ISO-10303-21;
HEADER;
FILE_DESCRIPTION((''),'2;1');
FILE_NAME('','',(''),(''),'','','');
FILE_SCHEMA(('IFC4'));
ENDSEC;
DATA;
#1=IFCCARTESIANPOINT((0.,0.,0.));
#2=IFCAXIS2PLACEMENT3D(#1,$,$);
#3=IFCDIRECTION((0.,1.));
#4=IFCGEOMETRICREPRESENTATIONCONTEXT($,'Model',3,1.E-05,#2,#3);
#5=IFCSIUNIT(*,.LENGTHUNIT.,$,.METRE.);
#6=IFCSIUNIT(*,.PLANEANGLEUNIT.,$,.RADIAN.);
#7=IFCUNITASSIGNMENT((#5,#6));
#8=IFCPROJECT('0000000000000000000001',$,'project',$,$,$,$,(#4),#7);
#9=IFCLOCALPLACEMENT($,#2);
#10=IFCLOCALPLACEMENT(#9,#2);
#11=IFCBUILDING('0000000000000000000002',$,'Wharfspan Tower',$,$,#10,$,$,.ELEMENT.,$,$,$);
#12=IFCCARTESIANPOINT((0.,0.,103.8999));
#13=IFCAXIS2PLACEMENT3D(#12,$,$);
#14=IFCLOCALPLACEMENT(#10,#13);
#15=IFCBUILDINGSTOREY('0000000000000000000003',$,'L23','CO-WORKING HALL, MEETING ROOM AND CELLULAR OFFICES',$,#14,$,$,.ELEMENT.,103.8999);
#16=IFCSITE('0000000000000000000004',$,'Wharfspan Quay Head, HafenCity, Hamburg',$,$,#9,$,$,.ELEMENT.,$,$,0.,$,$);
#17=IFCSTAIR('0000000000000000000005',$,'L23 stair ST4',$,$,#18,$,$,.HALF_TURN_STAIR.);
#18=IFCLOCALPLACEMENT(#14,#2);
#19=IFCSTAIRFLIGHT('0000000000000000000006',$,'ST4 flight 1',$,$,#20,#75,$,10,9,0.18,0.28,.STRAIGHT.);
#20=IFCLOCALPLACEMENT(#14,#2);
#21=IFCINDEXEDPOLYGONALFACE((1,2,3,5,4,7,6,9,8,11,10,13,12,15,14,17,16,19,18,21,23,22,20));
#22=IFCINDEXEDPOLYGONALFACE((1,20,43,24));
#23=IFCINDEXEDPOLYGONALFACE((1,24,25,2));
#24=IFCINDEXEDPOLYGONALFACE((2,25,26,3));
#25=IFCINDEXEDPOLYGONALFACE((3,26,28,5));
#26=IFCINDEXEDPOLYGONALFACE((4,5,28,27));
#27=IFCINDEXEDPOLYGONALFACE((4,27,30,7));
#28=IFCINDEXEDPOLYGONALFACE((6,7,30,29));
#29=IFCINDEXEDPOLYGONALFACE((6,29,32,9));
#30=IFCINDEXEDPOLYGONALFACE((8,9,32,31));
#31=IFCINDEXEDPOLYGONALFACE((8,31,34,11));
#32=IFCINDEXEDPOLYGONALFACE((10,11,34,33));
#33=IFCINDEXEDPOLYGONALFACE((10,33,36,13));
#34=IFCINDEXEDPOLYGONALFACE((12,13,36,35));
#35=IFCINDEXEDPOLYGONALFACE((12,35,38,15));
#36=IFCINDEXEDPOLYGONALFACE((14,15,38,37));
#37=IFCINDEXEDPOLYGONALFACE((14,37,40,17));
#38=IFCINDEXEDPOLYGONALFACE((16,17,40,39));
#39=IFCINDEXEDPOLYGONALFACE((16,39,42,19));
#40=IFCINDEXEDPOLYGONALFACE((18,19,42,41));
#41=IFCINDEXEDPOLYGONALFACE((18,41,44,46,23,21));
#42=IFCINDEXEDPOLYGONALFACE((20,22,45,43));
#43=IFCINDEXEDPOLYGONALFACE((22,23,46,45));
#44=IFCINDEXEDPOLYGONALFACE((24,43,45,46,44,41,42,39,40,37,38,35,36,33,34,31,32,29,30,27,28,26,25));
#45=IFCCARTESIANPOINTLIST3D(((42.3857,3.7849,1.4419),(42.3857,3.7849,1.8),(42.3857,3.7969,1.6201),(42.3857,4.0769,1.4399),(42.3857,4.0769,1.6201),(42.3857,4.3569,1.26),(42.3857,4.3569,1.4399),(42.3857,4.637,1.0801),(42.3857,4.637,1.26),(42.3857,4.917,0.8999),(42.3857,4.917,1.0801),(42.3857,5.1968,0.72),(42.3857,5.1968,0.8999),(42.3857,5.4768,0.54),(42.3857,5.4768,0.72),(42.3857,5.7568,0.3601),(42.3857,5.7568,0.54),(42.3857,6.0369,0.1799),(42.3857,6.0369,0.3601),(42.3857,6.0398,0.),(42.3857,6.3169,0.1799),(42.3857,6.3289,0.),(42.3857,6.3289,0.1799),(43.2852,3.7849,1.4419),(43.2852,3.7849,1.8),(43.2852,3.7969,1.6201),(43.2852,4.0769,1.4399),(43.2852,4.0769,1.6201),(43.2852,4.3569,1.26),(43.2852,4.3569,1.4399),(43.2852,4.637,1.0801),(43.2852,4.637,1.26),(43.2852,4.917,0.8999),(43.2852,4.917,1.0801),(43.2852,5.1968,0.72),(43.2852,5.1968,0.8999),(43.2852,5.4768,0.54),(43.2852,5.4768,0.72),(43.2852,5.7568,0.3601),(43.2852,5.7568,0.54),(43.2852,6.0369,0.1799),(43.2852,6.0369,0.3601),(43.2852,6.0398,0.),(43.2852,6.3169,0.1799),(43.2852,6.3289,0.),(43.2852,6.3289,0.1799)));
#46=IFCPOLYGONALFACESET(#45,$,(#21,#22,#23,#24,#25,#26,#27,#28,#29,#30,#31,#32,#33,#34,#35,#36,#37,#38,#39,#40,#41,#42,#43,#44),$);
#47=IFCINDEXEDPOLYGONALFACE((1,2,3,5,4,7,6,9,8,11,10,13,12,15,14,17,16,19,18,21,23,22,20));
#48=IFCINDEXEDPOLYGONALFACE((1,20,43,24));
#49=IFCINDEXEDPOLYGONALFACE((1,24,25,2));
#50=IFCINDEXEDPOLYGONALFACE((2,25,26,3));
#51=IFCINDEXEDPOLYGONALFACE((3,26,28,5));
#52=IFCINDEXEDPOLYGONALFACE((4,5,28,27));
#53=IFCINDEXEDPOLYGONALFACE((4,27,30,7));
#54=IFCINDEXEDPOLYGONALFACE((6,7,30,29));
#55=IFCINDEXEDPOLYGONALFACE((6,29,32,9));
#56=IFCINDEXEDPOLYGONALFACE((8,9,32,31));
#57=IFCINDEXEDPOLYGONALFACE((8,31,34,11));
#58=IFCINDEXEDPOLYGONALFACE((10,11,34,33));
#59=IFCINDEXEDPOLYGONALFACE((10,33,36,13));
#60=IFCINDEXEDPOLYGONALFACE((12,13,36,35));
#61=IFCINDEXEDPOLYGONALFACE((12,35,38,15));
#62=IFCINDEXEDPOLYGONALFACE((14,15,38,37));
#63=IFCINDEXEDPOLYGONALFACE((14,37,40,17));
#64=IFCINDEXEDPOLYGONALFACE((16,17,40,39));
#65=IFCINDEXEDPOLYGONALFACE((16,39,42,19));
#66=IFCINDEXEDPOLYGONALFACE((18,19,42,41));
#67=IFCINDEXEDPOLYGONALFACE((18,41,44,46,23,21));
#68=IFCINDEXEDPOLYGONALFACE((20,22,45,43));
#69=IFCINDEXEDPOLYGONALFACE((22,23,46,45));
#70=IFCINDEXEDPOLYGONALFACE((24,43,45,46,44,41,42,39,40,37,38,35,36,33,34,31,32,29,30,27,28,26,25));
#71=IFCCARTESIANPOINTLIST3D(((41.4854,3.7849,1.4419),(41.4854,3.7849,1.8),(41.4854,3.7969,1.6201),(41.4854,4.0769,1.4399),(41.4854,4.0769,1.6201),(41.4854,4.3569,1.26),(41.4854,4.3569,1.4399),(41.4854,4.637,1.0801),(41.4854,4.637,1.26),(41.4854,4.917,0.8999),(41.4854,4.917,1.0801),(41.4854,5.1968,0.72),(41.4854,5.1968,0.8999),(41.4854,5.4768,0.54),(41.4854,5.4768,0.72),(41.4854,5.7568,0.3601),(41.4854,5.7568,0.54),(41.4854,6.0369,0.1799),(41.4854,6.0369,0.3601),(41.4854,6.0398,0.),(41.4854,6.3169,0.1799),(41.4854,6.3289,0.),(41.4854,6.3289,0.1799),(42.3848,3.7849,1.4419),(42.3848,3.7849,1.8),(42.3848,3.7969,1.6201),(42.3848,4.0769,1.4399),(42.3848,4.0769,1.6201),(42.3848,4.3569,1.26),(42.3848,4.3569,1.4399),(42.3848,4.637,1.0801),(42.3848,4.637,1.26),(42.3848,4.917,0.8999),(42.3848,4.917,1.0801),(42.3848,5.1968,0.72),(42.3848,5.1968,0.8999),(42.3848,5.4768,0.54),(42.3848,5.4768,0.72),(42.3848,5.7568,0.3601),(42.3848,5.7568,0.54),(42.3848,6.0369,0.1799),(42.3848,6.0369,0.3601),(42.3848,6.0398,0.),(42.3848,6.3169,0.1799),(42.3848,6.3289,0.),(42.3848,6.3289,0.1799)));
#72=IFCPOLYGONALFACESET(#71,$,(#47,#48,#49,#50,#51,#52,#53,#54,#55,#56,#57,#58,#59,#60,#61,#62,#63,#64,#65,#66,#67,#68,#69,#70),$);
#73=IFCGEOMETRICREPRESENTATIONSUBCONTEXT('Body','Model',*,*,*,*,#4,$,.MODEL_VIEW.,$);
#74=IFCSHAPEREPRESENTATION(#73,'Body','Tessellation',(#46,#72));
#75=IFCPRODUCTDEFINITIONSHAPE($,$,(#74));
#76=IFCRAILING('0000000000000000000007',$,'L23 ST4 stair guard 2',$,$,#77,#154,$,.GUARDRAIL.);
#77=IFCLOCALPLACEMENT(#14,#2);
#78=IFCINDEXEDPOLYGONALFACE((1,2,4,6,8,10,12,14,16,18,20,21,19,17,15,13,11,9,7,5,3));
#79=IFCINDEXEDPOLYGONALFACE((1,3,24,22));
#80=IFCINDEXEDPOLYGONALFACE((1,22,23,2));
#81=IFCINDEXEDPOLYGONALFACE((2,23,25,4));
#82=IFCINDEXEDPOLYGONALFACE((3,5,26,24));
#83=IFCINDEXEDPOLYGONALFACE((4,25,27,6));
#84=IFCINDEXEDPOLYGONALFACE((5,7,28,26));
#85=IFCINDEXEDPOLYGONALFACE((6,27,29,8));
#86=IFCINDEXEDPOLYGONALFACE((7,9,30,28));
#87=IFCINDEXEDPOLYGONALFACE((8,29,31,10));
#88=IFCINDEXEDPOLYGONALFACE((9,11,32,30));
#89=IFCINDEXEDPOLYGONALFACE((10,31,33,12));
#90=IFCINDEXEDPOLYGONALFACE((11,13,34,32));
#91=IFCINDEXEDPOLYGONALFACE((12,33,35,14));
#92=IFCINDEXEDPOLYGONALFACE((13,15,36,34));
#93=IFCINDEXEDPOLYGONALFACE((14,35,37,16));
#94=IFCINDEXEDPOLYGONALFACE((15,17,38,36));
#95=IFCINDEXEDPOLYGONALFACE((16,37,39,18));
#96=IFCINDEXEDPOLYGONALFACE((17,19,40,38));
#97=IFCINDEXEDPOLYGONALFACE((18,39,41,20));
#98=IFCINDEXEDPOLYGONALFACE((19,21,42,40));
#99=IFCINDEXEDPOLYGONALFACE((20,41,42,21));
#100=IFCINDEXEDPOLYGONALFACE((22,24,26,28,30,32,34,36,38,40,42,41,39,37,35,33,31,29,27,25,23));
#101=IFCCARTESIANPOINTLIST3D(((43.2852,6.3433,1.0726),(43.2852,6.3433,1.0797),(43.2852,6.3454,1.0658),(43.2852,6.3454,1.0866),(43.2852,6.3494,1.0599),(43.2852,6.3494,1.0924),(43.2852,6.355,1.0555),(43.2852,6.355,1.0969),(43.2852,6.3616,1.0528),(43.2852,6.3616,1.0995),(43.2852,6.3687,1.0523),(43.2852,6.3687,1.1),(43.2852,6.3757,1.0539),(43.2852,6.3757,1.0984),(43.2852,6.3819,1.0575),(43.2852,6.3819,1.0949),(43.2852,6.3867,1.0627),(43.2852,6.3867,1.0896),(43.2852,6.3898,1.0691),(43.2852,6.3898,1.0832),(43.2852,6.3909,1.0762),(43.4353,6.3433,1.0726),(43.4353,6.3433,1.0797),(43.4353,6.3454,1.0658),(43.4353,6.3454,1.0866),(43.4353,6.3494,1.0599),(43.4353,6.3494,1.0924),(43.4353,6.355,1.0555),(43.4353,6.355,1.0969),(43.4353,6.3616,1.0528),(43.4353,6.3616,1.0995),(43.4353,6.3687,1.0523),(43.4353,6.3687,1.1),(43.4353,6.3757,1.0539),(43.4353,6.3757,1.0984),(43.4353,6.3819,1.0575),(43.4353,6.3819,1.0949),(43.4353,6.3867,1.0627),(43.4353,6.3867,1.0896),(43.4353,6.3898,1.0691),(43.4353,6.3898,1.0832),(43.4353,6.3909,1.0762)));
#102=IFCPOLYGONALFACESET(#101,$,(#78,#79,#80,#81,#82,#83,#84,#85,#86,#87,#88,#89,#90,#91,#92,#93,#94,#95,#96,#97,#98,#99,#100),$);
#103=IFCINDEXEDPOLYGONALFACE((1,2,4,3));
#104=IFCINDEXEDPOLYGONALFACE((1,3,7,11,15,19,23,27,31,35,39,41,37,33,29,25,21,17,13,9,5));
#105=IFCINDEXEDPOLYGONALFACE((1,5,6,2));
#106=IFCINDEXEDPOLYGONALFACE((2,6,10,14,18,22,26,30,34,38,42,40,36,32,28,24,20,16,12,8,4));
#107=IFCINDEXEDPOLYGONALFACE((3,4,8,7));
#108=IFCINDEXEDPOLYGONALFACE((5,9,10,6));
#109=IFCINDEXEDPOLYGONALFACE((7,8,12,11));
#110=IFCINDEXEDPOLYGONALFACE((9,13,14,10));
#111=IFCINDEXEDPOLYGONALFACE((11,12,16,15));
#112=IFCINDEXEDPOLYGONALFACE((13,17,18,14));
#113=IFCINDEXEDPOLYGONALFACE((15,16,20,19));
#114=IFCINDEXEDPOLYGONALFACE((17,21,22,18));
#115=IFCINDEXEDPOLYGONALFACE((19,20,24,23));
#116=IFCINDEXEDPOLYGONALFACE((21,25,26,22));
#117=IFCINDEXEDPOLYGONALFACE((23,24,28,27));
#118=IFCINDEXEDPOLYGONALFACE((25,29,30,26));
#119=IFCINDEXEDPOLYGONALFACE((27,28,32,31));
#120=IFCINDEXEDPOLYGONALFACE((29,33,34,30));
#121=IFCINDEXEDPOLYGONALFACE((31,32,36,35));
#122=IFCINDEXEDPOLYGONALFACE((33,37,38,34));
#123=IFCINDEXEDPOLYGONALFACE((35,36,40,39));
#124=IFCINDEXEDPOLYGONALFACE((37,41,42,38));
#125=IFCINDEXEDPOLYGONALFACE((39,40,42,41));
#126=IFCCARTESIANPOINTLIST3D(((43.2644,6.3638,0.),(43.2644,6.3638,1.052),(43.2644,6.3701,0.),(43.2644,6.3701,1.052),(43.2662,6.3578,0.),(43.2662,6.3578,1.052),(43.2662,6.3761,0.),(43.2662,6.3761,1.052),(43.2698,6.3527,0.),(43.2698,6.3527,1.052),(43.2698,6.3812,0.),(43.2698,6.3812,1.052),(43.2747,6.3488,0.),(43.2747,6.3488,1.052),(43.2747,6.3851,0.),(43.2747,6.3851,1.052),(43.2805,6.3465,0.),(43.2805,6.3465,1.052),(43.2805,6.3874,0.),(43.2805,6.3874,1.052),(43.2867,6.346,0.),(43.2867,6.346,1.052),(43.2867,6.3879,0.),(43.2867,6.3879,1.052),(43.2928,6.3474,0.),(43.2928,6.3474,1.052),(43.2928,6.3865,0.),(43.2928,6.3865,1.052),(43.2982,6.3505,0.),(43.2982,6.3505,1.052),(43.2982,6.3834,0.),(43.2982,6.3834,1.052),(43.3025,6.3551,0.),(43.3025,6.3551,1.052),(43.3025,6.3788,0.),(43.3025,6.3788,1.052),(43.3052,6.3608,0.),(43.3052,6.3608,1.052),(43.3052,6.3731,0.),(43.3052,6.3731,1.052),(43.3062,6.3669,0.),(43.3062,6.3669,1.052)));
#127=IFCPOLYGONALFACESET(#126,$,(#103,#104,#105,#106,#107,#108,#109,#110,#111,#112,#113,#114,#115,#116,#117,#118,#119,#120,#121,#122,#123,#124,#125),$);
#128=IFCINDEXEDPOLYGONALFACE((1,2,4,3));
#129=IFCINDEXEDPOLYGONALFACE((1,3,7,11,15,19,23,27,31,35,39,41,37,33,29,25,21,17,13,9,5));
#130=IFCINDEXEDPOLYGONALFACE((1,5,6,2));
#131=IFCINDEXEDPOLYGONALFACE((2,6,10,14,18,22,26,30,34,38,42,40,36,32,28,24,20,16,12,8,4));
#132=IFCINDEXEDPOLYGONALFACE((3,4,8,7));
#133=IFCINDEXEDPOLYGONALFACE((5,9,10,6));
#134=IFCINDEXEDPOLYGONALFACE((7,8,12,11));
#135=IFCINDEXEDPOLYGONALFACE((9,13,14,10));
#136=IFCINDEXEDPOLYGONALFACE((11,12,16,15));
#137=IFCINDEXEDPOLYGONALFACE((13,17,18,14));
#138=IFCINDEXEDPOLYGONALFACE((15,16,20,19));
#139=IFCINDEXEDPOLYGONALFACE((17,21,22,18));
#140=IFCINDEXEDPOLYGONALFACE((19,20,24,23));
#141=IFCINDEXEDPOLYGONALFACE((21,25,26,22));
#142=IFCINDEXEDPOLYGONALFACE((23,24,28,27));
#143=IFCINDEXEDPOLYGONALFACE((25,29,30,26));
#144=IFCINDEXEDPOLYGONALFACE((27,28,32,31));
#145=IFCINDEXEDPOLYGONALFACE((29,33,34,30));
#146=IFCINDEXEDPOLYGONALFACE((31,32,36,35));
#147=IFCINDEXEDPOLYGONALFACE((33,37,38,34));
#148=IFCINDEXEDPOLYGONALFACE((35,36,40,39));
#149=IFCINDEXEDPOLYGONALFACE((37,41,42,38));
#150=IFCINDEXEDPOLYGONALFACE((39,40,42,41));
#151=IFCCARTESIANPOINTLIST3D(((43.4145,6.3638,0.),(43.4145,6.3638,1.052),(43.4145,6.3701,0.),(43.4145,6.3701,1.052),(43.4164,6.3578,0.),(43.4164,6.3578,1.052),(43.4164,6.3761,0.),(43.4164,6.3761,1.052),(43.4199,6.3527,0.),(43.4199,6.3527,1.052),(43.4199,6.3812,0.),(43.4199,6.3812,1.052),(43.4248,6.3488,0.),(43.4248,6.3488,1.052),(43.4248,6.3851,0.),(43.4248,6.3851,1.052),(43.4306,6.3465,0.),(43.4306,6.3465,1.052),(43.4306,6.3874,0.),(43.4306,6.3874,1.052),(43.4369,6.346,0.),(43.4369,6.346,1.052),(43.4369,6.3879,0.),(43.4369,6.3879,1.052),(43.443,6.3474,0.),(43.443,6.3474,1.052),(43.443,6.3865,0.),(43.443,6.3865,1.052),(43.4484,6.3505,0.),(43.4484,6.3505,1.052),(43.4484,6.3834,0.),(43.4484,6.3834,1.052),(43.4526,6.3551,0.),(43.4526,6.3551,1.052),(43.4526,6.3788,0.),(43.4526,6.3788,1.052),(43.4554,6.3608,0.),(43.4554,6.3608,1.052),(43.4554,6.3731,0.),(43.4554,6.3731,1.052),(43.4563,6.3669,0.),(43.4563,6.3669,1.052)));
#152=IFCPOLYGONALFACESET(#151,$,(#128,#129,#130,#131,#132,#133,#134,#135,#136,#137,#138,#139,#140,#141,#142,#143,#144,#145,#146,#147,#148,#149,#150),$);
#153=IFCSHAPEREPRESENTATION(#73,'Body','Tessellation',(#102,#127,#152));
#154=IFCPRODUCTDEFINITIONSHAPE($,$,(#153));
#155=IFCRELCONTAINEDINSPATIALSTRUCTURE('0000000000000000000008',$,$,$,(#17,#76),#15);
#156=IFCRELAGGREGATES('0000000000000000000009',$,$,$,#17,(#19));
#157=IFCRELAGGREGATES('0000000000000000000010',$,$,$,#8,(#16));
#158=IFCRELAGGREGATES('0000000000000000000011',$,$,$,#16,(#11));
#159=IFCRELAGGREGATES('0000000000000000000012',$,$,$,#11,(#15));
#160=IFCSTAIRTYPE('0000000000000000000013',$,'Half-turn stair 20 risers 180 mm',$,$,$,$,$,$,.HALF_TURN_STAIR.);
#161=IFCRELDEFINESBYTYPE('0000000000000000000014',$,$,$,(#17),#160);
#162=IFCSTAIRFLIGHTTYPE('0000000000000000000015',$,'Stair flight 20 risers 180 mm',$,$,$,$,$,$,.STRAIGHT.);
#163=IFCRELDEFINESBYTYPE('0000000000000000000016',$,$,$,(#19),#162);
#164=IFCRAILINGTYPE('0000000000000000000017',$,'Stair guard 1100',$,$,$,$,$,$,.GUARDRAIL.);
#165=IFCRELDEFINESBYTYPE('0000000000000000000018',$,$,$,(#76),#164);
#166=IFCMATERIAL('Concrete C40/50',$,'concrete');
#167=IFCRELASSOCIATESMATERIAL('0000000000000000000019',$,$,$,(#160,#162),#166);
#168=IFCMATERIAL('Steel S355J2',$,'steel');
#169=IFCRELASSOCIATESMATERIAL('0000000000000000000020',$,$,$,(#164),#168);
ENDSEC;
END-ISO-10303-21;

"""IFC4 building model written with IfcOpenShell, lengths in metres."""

from ifc_helpers import new_model, si_unit, direction, frame, origin, origin_2d, place, context, subcontext, project, spatial, polyline, circle, outline, extrude, material, type_object, element, aggregate, save


model = new_model("IFC4")

# Units and contexts
model_context = context("Model", 3, precision=1e-05, world=origin(), true_north=direction((0.0, 1.0)))
body_context = subcontext(model_context, "Body", "Model", "MODEL_VIEW")
ifc_project = project(units=[si_unit("LENGTHUNIT", "METRE"), si_unit("PLANEANGLEUNIT", "RADIAN")], contexts=[model_context])

# Site, building, storey
site_placement = place(None, origin())
site = spatial("IfcSite", under=ifc_project, at=site_placement, Name="Wharfspan Quay Head, HafenCity, Hamburg", CompositionType="ELEMENT", RefElevation=0.0)
building_placement = place(site_placement, origin())
building = spatial("IfcBuilding", under=site, at=building_placement, Name="Wharfspan Tower", CompositionType="ELEMENT")
storey_placement = place(building_placement, frame((0.0, 0.0, 103.8999)))
storey = spatial("IfcBuildingStorey", under=building, at=storey_placement, Name="L23", Description="CO-WORKING HALL, MEETING ROOM AND CELLULAR OFFICES", CompositionType="ELEMENT", Elevation=103.8999)

# Shared definitions
ifc_material_1 = material(Name="Concrete C40/50", Category="concrete")

# Stair, stair flight
stair_type = type_object("IfcStairType", Name="Half-turn stair 20 risers 180 mm", PredefinedType="HALF_TURN_STAIR", material=ifc_material_1)
stair_placement = place(storey_placement, origin())
stair = element("IfcStair", 1, at=stair_placement, inside=storey, type_object=stair_type, Name="L23 stair ST4", PredefinedType="HALF_TURN_STAIR")
stair_flight_type = type_object("IfcStairFlightType", Name="Stair flight 20 risers 180 mm", PredefinedType="STRAIGHT", material=ifc_material_1)
stair_flight_placement = place(storey_placement, frame((42.3853, 6.3169, 0.0), z_axis=(0.0, 0.0, 1.0), x_axis=(0.0, -1.0, 0.0)))
stair_flight = element("IfcStairFlight", 2, at=stair_flight_placement, type_object=stair_flight_type, Name="ST4 flight 1", NumberOfRisers=10, NumberOfTreads=9, PredefinedType="STRAIGHT", RiserHeight=0.18, TreadLength=0.28, context=body_context, shape_type="SweptSolid", body=[
    extrude(outline(polyline([(-0.012, 0.0), (-0.012, 0.1799), (0.0, 0.1799), (0.28, 0.1799), (0.28, 0.3601), (0.5601, 0.3601), (0.5601, 0.54), (0.8401, 0.54), (0.8401, 0.72), (1.1201, 0.72), (1.1201, 0.8999), (1.3999, 0.8999), (1.3999, 1.0801), (1.6799, 1.0801), (1.6799, 1.26), (1.96, 1.26), (1.96, 1.4399), (2.24, 1.4399), (2.24, 1.6201), (2.52, 1.6201), (2.532, 1.8), (2.532, 1.4419), (0.2771, 0.0), (-0.012, 0.0)])), frame((0.0, 0.8999, 0.0), z_axis=(0.0, -1.0, 0.0), x_axis=(1.0, 0.0, 0.0)), (0.0, 0.0, 1.0), 0.8994),
    extrude(outline(polyline([(-0.012, 0.0), (-0.012, 0.1799), (0.0, 0.1799), (0.28, 0.1799), (0.28, 0.3601), (0.5601, 0.3601), (0.5601, 0.54), (0.8401, 0.54), (0.8401, 0.72), (1.1201, 0.72), (1.1201, 0.8999), (1.3999, 0.8999), (1.3999, 1.0801), (1.6799, 1.0801), (1.6799, 1.26), (1.96, 1.26), (1.96, 1.4399), (2.24, 1.4399), (2.24, 1.6201), (2.52, 1.6201), (2.532, 1.8), (2.532, 1.4419), (0.2771, 0.0), (-0.012, 0.0)])), frame((0.0, -0.0005, 0.0), z_axis=(0.0, -1.0, 0.0), x_axis=(1.0, 0.0, 0.0)), (0.0, 0.0, 1.0), 0.8994),
])
aggregate(stair, [stair_flight])

# Railing
ifc_material_2 = material(Name="Steel S355J2", Category="steel")
railing_type_1 = type_object("IfcRailingType", Name="Stair guard 1100", PredefinedType="GUARDRAIL", material=ifc_material_2)
railing_1_placement = place(storey_placement, frame((43.2852, 6.3669, 0.0)))
element("IfcRailing", 3, at=railing_1_placement, inside=storey, type_object=railing_type_1, Name="L23 ST4 stair guard 2", PredefinedType="GUARDRAIL", context=body_context, shape_type="SweptSolid", body=[
    extrude(circle(Radius=0.0239, at=origin_2d()), frame((0.0, 0.0, 1.0762), z_axis=(1.0, 0.0, 0.0), x_axis=(0.0, 1.0, 0.0)), (0.0, 0.0, 1.0), 0.1501),
    extrude(circle(Radius=0.021, at=origin_2d()), origin(), (0.0, 0.0, 1.0), 1.052),
    extrude(circle(Radius=0.021, at=origin_2d()), frame((0.1501, 0.0, 0.0)), (0.0, 0.0, 1.0), 1.052),
])

save(model, "model.ifc")
